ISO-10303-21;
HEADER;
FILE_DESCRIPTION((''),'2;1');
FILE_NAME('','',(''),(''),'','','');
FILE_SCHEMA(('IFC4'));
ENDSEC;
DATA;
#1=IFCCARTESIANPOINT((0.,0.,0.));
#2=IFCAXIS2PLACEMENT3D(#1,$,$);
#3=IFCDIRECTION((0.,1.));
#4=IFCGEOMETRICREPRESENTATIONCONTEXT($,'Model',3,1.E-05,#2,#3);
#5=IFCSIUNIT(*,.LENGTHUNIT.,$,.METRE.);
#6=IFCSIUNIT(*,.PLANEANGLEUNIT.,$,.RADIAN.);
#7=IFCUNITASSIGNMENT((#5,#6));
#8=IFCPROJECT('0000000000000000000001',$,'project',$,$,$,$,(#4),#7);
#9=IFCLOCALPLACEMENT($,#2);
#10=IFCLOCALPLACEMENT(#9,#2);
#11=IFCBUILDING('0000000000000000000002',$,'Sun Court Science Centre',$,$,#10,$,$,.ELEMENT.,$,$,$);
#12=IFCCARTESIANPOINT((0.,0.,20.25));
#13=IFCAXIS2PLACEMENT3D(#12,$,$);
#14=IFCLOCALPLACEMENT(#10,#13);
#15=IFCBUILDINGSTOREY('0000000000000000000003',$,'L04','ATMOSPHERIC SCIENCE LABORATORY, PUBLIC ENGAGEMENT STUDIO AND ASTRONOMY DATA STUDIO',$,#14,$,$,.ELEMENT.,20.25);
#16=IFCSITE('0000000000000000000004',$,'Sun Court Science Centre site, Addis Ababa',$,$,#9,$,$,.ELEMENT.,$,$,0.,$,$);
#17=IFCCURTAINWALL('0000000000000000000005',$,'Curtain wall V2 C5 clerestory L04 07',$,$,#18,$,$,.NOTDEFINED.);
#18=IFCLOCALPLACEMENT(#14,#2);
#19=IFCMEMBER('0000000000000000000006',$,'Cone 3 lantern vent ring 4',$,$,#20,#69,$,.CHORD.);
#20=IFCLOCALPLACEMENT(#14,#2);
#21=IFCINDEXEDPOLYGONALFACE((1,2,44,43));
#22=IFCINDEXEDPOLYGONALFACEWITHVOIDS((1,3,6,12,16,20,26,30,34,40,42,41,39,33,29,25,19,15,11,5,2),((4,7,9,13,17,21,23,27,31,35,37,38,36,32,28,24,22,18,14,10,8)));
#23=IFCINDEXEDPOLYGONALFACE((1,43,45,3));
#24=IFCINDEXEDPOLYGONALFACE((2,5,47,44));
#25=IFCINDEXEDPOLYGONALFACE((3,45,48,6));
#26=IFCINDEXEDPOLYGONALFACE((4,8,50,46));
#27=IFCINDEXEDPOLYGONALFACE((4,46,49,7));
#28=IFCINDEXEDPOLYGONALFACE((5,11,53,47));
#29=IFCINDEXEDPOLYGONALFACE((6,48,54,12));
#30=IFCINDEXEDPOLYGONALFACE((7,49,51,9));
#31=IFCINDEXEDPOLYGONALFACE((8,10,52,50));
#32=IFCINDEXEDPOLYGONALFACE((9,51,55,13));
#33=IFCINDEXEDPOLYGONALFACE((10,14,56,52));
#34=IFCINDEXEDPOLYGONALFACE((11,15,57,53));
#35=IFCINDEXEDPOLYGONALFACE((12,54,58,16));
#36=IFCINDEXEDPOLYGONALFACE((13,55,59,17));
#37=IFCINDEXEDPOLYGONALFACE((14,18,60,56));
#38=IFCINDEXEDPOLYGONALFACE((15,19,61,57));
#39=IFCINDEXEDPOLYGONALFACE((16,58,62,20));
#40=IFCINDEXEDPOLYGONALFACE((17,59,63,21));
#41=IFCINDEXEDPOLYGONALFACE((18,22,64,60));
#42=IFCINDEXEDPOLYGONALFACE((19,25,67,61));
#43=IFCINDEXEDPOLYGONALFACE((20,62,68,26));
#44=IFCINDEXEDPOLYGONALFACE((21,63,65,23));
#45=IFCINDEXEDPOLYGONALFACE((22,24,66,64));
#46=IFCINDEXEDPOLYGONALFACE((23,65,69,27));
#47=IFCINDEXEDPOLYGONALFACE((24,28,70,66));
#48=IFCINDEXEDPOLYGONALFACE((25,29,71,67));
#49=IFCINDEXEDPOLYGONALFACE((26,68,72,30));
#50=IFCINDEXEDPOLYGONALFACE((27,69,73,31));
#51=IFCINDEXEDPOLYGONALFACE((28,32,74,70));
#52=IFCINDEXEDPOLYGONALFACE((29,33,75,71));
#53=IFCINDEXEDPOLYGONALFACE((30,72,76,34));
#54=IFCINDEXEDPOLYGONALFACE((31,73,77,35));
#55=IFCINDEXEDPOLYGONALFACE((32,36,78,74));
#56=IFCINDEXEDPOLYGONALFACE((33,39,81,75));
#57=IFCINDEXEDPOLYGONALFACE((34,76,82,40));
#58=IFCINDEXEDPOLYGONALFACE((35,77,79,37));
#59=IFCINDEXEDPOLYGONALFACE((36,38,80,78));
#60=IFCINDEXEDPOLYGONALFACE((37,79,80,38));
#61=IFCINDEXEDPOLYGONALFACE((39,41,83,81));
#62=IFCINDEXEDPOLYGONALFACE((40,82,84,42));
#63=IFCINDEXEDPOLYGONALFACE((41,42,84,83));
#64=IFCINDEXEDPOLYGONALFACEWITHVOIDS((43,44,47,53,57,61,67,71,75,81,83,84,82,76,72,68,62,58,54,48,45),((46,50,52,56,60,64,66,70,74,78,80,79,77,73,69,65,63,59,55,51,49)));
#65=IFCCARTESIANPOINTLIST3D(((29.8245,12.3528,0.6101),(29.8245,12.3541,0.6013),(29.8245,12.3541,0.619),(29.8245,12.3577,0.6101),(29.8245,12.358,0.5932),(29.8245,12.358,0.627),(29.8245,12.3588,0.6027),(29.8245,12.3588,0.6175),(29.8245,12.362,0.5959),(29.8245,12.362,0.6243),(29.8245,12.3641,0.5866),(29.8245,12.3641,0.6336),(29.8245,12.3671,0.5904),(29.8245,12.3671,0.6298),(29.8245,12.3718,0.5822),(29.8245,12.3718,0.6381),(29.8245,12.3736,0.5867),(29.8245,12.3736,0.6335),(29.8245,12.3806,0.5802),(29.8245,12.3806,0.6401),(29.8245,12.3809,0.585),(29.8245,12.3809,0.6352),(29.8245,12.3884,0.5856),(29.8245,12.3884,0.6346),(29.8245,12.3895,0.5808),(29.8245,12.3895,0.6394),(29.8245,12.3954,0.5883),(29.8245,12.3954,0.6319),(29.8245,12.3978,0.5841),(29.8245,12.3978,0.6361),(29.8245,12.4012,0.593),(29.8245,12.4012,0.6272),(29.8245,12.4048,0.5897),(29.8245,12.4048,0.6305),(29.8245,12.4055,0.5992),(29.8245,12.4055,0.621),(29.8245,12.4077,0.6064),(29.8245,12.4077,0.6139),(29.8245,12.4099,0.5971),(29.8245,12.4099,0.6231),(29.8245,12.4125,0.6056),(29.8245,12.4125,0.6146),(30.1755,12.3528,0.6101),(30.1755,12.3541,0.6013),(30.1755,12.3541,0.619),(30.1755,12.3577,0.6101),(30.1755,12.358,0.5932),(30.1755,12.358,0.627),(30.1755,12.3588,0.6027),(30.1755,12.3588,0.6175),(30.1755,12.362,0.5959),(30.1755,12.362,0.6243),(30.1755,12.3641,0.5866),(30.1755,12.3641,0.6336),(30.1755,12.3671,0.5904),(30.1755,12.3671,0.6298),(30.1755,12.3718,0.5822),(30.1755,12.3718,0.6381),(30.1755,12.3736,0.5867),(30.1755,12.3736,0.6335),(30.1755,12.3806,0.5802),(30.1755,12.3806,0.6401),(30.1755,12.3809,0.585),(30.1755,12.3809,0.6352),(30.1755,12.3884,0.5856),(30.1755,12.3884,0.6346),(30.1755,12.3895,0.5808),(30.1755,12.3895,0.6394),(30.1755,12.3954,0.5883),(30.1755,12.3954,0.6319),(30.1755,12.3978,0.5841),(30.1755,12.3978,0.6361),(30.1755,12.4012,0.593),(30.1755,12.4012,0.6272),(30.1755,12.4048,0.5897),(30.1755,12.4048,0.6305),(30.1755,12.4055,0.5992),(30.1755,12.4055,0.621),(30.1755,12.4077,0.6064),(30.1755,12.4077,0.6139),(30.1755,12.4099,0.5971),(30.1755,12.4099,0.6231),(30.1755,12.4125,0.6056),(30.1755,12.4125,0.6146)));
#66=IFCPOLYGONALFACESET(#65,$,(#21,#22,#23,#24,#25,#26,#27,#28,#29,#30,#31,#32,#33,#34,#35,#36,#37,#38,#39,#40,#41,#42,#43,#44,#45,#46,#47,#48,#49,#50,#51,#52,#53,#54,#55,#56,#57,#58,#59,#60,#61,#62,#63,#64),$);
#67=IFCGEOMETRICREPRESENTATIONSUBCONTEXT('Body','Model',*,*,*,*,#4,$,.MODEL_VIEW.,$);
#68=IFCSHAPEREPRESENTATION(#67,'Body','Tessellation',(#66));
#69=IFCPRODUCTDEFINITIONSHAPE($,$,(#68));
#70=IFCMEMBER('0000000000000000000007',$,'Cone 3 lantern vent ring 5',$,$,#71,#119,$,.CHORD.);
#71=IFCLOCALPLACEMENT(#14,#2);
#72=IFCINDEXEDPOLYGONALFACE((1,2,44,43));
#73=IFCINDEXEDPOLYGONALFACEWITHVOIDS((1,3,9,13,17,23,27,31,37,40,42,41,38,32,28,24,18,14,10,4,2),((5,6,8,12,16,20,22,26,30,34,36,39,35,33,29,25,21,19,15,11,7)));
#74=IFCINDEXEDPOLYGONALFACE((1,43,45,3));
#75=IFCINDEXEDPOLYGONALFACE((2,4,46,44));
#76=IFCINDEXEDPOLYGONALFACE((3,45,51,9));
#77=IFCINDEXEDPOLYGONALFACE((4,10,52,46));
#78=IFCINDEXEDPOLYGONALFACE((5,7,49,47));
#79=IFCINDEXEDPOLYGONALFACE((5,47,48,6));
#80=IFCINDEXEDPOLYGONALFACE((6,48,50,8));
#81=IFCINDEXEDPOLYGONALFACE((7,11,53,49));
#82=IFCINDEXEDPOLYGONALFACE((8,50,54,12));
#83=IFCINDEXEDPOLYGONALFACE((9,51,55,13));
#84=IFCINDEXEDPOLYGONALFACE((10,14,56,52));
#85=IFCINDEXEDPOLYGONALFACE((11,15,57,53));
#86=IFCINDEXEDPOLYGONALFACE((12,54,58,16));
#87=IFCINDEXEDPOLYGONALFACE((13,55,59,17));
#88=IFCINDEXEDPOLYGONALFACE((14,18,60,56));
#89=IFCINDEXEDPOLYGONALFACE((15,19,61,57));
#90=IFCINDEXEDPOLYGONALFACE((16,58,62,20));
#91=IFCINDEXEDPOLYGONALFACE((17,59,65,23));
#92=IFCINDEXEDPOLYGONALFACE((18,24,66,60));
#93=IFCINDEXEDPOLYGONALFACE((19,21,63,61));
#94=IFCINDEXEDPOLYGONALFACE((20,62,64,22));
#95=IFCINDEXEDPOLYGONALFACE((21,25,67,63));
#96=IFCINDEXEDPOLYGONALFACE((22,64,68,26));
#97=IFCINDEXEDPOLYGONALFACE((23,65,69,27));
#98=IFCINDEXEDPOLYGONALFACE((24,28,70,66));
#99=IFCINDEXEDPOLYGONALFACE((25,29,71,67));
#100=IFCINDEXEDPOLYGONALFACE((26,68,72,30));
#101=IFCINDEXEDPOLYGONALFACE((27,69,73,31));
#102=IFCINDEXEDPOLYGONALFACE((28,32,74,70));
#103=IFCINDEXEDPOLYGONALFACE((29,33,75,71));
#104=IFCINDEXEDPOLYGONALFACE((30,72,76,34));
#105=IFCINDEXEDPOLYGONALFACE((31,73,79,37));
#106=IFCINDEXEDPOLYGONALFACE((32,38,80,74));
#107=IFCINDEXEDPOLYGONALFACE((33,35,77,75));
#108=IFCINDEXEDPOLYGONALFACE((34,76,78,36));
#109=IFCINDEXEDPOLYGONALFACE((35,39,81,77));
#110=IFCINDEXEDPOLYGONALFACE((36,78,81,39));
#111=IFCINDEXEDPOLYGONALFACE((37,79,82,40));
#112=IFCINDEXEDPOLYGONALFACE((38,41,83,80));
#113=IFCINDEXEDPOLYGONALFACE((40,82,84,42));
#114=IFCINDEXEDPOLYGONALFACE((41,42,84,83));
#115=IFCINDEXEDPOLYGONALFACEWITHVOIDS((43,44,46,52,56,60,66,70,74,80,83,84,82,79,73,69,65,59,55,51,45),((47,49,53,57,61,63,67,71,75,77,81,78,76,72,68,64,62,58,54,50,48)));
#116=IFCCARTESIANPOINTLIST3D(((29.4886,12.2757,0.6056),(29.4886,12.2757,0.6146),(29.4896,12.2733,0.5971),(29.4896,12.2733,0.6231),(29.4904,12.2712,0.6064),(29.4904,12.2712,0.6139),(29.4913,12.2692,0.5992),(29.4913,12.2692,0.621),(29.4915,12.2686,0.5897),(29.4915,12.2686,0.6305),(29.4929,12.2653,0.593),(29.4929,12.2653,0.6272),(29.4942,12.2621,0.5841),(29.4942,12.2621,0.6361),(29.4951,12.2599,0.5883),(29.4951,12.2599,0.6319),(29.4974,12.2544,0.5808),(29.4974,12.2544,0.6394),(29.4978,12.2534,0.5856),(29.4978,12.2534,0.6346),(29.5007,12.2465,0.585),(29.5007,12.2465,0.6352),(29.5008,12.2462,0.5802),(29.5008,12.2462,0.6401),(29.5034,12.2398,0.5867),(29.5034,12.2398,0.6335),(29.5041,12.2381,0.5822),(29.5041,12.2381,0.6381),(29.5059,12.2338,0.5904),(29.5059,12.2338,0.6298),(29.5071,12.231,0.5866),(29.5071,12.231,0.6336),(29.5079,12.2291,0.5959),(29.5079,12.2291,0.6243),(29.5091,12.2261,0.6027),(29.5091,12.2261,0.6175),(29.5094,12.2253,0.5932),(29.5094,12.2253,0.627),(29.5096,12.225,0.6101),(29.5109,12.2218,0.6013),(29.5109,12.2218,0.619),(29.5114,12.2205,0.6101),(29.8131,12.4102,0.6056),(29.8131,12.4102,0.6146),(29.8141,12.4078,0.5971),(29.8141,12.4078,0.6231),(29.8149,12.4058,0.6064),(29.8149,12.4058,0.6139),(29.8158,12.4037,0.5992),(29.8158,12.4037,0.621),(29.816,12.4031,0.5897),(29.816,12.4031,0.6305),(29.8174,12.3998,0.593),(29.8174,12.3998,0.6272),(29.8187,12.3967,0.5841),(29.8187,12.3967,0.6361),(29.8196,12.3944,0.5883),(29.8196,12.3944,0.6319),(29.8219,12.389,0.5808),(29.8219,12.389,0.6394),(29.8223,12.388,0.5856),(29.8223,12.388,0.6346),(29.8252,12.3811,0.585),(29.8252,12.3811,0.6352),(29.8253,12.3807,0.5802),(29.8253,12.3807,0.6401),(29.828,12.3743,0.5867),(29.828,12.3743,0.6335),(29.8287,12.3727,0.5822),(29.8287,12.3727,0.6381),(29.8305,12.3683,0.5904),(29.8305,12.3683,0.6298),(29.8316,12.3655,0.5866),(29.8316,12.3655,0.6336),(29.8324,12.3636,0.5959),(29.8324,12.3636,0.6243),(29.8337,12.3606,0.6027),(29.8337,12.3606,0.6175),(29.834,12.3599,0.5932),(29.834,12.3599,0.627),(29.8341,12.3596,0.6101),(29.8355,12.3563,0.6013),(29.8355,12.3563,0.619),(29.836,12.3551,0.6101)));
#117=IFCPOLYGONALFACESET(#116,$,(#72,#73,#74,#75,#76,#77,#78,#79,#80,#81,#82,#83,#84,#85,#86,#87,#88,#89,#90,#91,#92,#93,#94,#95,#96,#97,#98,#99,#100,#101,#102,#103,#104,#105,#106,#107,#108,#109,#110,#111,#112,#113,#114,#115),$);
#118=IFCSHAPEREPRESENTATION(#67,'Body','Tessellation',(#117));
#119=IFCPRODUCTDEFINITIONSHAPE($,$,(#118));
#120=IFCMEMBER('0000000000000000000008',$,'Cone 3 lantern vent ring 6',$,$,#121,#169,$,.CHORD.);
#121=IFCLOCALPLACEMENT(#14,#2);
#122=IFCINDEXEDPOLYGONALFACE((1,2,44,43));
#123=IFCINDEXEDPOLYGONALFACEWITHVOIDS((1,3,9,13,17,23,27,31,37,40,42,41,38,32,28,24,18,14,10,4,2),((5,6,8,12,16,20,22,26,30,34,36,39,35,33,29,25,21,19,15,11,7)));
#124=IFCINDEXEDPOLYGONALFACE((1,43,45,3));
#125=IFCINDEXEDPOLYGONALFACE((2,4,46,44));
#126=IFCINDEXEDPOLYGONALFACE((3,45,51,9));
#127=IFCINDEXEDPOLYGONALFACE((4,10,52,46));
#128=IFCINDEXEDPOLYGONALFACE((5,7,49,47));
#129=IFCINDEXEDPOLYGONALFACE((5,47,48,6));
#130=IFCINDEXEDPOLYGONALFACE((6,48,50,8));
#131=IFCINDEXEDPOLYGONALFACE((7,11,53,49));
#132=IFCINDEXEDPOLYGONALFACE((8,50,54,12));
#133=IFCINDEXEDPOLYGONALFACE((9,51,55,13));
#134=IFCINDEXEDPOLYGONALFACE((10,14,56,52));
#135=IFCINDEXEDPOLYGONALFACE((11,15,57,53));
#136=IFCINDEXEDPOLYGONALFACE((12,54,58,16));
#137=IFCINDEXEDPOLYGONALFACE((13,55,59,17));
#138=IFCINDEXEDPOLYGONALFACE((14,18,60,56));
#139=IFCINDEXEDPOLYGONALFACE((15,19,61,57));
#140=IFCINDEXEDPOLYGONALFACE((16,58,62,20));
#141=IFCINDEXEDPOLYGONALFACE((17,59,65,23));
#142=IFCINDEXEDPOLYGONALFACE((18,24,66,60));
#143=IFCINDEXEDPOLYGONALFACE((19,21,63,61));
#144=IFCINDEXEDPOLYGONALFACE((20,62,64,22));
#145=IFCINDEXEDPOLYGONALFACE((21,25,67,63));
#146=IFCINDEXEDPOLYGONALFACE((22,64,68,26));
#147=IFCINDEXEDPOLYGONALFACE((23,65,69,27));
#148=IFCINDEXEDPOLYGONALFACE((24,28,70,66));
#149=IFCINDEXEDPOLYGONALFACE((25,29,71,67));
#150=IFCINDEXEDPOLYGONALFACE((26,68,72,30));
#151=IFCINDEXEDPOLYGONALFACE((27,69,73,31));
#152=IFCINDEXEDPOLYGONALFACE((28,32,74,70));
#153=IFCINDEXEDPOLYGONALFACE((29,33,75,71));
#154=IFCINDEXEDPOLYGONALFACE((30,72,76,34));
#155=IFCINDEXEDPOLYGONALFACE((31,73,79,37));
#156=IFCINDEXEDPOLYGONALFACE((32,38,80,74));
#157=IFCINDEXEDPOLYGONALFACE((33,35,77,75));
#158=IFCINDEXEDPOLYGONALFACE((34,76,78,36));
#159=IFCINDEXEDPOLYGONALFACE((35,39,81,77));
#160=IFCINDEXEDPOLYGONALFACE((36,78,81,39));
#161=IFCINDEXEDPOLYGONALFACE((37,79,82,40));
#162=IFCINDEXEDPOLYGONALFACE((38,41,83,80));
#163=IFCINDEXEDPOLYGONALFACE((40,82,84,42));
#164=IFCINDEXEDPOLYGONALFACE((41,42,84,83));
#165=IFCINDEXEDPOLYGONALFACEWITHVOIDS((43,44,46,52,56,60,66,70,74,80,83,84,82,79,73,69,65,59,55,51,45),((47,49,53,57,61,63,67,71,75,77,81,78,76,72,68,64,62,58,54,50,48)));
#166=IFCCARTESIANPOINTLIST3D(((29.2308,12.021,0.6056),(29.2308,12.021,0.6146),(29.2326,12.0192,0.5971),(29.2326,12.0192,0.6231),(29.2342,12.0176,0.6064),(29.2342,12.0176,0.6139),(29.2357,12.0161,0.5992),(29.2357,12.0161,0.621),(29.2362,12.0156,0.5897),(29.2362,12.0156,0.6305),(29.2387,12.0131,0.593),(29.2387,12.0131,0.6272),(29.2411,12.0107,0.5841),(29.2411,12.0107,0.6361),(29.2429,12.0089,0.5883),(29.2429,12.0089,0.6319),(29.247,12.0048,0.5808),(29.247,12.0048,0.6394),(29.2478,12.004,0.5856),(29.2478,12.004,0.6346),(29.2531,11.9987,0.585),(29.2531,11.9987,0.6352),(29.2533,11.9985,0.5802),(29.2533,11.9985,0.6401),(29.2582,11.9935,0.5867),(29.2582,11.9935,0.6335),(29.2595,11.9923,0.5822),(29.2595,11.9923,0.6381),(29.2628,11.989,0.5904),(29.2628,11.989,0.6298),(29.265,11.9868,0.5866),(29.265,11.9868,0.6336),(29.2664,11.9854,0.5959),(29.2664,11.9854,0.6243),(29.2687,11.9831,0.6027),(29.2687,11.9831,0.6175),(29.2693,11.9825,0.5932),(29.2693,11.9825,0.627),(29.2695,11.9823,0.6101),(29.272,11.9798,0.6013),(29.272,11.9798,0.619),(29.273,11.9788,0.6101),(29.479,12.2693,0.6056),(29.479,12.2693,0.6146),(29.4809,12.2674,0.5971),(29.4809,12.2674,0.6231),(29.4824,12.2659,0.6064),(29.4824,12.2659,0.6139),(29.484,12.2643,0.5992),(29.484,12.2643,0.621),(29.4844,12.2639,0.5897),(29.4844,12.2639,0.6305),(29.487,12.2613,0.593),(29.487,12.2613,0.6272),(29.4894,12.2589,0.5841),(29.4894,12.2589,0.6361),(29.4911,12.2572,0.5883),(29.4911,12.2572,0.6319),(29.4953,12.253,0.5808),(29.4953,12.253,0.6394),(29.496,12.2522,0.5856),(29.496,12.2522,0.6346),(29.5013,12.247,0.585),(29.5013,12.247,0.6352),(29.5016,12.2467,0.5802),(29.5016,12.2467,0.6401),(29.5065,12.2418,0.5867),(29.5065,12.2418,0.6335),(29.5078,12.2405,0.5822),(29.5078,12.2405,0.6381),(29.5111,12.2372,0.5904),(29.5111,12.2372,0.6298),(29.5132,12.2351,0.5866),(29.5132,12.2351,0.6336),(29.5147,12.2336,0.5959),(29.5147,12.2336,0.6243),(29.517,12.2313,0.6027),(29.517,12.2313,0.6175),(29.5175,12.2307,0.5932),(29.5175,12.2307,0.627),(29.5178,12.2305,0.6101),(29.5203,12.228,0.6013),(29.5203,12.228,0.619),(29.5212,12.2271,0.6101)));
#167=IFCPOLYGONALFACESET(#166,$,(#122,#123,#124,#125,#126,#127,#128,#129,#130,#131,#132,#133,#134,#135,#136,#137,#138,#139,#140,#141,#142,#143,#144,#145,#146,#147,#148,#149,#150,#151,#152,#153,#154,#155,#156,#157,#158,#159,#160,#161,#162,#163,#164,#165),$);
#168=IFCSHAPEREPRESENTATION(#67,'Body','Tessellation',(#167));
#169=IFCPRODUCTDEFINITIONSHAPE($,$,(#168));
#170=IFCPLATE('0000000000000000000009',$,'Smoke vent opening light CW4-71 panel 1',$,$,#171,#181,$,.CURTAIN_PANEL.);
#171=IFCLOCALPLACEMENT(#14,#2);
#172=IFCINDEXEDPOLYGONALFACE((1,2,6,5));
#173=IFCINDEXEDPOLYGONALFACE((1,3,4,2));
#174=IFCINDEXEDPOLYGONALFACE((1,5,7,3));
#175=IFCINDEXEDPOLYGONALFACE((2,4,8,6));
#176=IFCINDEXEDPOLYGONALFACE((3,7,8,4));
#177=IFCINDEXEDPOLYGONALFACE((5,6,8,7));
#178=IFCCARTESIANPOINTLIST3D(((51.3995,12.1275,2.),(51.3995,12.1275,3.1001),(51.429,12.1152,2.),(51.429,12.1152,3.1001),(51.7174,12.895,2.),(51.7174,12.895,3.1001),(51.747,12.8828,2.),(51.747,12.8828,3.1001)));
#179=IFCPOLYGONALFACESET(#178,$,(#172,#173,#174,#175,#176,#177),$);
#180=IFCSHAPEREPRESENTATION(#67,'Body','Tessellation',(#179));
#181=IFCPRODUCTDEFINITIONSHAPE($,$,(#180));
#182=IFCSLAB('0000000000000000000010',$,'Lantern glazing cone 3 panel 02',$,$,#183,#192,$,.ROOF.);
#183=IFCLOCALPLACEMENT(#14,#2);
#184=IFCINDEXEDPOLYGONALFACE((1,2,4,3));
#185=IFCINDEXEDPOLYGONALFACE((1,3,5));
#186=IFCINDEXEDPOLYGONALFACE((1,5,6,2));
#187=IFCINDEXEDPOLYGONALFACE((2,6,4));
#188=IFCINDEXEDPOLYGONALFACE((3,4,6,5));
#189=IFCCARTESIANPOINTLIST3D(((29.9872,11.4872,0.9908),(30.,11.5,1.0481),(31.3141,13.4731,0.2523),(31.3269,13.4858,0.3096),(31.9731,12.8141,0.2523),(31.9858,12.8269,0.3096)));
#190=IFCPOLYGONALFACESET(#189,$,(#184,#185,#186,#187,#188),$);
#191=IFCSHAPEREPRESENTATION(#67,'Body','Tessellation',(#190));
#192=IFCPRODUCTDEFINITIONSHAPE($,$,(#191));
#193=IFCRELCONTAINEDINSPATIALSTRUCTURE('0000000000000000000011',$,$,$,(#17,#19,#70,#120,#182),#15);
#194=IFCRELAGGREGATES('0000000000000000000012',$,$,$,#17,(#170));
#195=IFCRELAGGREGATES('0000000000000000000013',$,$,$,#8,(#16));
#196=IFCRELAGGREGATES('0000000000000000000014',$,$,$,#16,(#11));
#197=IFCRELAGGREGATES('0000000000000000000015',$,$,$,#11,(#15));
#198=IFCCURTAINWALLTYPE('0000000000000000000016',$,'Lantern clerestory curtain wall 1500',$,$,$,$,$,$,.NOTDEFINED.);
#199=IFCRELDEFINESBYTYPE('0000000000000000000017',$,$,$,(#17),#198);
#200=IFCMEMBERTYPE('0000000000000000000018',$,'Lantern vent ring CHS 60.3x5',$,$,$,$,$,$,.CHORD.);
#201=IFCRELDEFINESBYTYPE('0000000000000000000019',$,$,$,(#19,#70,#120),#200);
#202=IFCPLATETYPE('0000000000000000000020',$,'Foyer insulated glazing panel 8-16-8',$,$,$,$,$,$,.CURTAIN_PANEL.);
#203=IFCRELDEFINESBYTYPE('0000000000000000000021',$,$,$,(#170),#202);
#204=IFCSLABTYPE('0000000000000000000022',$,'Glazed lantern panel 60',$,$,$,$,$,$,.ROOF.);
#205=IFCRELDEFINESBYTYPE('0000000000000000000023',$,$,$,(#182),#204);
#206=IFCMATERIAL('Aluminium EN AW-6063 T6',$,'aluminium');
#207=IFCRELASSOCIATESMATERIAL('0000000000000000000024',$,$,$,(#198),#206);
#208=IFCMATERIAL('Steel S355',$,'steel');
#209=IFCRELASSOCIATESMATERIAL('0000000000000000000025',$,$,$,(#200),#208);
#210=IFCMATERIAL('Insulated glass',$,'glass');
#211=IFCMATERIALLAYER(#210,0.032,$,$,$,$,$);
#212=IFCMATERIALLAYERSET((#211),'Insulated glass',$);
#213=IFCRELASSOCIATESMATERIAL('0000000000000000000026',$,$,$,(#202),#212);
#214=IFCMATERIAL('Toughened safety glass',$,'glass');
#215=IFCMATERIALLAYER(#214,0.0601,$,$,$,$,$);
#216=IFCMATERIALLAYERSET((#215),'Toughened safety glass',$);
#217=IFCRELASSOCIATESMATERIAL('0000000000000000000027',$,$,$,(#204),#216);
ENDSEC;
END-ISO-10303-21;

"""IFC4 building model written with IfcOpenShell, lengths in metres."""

from ifc_helpers import new_model, si_unit, direction, frame, origin, origin_2d, place, context, subcontext, project, spatial, polyline, rectangle, hollow_circle, outline, extrude, material, layer, layer_set, material_profile, profile_set, type_object, element, aggregate, save


model = new_model("IFC4")

# Units and contexts
model_context = context("Model", 3, precision=1e-05, world=origin(), true_north=direction((0.0, 1.0)))
body_context = subcontext(model_context, "Body", "Model", "MODEL_VIEW")
ifc_project = project(units=[si_unit("LENGTHUNIT", "METRE"), si_unit("PLANEANGLEUNIT", "RADIAN")], contexts=[model_context])

# Site, building, storey
site_placement = place(None, origin())
site = spatial("IfcSite", under=ifc_project, at=site_placement, Name="Sun Court Science Centre site, Addis Ababa", CompositionType="ELEMENT", RefElevation=0.0)
building_placement = place(site_placement, origin())
building = spatial("IfcBuilding", under=site, at=building_placement, Name="Sun Court Science Centre", CompositionType="ELEMENT")
storey_placement = place(building_placement, frame((0.0, 0.0, 20.25)))
storey = spatial("IfcBuildingStorey", under=building, at=storey_placement, Name="L04", Description="ATMOSPHERIC SCIENCE LABORATORY, PUBLIC ENGAGEMENT STUDIO AND ASTRONOMY DATA STUDIO", CompositionType="ELEMENT", Elevation=20.25)

# Shared definitions
ifc_material_1 = material(Name="Aluminium EN AW-6063 T6", Category="aluminium")
curtain_wall_type = type_object("IfcCurtainWallType", Name="Lantern clerestory curtain wall 1500", PredefinedType="NOTDEFINED", material=ifc_material_1)

# Curtain wall
curtain_wall_1_placement = place(storey_placement, origin())
curtain_wall_1 = element("IfcCurtainWall", 1, at=curtain_wall_1_placement, inside=storey, type_object=curtain_wall_type, Name="Curtain wall V2 C5 clerestory L04 07", PredefinedType="NOTDEFINED")

# Members
ifc_material_2 = material(Name="Steel S355", Category="steel")
ifc_material_profile_1 = material_profile(ifc_material_2, hollow_circle(Radius=0.03, WallThickness=0.0049, at=origin_2d()), Name="CHS 60.3x5")
ifc_profile_set_1 = profile_set([ifc_material_profile_1], Name="Steel S355")
member_type_1 = type_object("IfcMemberType", Name="Lantern vent ring CHS 60.3x5", PredefinedType="CHORD", material=ifc_profile_set_1)
member_1_placement = place(storey_placement, frame((30.1755, 12.3828, 0.6101), z_axis=(-1.0, 0.0, 0.0), x_axis=(0.0, -1.0, 0.0)))
element("IfcMember", 2, at=member_1_placement, inside=storey, type_object=member_type_1, Name="Cone 3 lantern vent ring 4", PredefinedType="CHORD", context=body_context, shape_type="SweptSolid", body=[
    extrude(hollow_circle(Radius=0.03, WallThickness=0.0049, at=origin_2d()), origin(), (0.0, 0.0, 1.0), 0.3511),
])
member_2_placement = place(storey_placement, frame((29.8245, 12.3828, 0.6101), z_axis=(-0.923754, -0.382986, 0.0), x_axis=(0.382986, -0.923754, 0.0)))
element("IfcMember", 3, at=member_2_placement, inside=storey, type_object=member_type_1, Name="Cone 3 lantern vent ring 5", PredefinedType="CHORD", context=body_context, shape_type="SweptSolid", body=[
    extrude(hollow_circle(Radius=0.03, WallThickness=0.0049, at=origin_2d()), origin(), (0.0, 0.0, 1.0), 0.3513),
])
member_3_placement = place(storey_placement, frame((29.5, 12.2483, 0.6101), z_axis=(-0.707107, -0.707107, 0.0), x_axis=(0.707107, -0.707107, 0.0)))
element("IfcMember", 4, at=member_3_placement, inside=storey, type_object=member_type_1, Name="Cone 3 lantern vent ring 6", PredefinedType="CHORD", context=body_context, shape_type="SweptSolid", body=[
    extrude(hollow_circle(Radius=0.03, WallThickness=0.0049, at=origin_2d()), origin(), (0.0, 0.0, 1.0), 0.3511),
])

# Plate
ifc_material_3 = material(Name="Insulated glass", Category="glass")
ifc_layer_1 = layer(ifc_material_3, 0.032)
ifc_layer_set_1 = layer_set([ifc_layer_1], Name="Insulated glass")
plate_type = type_object("IfcPlateType", Name="Foyer insulated glazing panel 8-16-8", PredefinedType="CURTAIN_PANEL", material=ifc_layer_set_1)
plate_placement = place(storey_placement, frame((51.5732, 12.5051, 2.0), z_axis=(0.0, 0.0, 1.0), x_axis=(0.382683, 0.92388, 0.0)))
plate = element("IfcPlate", 5, at=plate_placement, type_object=plate_type, Name="Smoke vent opening light CW4-71 panel 1", PredefinedType="CURTAIN_PANEL", context=body_context, shape_type="SweptSolid", body=[
    extrude(rectangle(XDim=0.8308, YDim=0.032, at=origin_2d()), origin(), (0.0, 0.0, 1.0), 1.1001),
])
aggregate(curtain_wall_1, [plate])

# Slab
ifc_material_4 = material(Name="Toughened safety glass", Category="glass")
ifc_layer_2 = layer(ifc_material_4, 0.0601)
ifc_layer_set_2 = layer_set([ifc_layer_2], Name="Toughened safety glass")
slab_type = type_object("IfcSlabType", Name="Glazed lantern panel 60", PredefinedType="ROOF", material=ifc_layer_set_2)
slab_1_placement = place(storey_placement, frame((31.9858, 12.8269, 0.3096), z_axis=(0.212618, 0.212618, 0.953723), x_axis=(-0.707107, 0.707107, 0.0)))
element("IfcSlab", 6, at=slab_1_placement, inside=storey, type_object=slab_type, Name="Lantern glazing cone 3 panel 02", PredefinedType="ROOF", context=body_context, shape_type="SweptSolid", body=[
    extrude(outline(polyline([(0.0, 0.0), (0.9319, 0.0), (0.4659, 2.4561), (0.0, 0.0)])), origin(), (0.0, 0.0, -1.0), 0.0601),
])

save(model, "model.ifc")
